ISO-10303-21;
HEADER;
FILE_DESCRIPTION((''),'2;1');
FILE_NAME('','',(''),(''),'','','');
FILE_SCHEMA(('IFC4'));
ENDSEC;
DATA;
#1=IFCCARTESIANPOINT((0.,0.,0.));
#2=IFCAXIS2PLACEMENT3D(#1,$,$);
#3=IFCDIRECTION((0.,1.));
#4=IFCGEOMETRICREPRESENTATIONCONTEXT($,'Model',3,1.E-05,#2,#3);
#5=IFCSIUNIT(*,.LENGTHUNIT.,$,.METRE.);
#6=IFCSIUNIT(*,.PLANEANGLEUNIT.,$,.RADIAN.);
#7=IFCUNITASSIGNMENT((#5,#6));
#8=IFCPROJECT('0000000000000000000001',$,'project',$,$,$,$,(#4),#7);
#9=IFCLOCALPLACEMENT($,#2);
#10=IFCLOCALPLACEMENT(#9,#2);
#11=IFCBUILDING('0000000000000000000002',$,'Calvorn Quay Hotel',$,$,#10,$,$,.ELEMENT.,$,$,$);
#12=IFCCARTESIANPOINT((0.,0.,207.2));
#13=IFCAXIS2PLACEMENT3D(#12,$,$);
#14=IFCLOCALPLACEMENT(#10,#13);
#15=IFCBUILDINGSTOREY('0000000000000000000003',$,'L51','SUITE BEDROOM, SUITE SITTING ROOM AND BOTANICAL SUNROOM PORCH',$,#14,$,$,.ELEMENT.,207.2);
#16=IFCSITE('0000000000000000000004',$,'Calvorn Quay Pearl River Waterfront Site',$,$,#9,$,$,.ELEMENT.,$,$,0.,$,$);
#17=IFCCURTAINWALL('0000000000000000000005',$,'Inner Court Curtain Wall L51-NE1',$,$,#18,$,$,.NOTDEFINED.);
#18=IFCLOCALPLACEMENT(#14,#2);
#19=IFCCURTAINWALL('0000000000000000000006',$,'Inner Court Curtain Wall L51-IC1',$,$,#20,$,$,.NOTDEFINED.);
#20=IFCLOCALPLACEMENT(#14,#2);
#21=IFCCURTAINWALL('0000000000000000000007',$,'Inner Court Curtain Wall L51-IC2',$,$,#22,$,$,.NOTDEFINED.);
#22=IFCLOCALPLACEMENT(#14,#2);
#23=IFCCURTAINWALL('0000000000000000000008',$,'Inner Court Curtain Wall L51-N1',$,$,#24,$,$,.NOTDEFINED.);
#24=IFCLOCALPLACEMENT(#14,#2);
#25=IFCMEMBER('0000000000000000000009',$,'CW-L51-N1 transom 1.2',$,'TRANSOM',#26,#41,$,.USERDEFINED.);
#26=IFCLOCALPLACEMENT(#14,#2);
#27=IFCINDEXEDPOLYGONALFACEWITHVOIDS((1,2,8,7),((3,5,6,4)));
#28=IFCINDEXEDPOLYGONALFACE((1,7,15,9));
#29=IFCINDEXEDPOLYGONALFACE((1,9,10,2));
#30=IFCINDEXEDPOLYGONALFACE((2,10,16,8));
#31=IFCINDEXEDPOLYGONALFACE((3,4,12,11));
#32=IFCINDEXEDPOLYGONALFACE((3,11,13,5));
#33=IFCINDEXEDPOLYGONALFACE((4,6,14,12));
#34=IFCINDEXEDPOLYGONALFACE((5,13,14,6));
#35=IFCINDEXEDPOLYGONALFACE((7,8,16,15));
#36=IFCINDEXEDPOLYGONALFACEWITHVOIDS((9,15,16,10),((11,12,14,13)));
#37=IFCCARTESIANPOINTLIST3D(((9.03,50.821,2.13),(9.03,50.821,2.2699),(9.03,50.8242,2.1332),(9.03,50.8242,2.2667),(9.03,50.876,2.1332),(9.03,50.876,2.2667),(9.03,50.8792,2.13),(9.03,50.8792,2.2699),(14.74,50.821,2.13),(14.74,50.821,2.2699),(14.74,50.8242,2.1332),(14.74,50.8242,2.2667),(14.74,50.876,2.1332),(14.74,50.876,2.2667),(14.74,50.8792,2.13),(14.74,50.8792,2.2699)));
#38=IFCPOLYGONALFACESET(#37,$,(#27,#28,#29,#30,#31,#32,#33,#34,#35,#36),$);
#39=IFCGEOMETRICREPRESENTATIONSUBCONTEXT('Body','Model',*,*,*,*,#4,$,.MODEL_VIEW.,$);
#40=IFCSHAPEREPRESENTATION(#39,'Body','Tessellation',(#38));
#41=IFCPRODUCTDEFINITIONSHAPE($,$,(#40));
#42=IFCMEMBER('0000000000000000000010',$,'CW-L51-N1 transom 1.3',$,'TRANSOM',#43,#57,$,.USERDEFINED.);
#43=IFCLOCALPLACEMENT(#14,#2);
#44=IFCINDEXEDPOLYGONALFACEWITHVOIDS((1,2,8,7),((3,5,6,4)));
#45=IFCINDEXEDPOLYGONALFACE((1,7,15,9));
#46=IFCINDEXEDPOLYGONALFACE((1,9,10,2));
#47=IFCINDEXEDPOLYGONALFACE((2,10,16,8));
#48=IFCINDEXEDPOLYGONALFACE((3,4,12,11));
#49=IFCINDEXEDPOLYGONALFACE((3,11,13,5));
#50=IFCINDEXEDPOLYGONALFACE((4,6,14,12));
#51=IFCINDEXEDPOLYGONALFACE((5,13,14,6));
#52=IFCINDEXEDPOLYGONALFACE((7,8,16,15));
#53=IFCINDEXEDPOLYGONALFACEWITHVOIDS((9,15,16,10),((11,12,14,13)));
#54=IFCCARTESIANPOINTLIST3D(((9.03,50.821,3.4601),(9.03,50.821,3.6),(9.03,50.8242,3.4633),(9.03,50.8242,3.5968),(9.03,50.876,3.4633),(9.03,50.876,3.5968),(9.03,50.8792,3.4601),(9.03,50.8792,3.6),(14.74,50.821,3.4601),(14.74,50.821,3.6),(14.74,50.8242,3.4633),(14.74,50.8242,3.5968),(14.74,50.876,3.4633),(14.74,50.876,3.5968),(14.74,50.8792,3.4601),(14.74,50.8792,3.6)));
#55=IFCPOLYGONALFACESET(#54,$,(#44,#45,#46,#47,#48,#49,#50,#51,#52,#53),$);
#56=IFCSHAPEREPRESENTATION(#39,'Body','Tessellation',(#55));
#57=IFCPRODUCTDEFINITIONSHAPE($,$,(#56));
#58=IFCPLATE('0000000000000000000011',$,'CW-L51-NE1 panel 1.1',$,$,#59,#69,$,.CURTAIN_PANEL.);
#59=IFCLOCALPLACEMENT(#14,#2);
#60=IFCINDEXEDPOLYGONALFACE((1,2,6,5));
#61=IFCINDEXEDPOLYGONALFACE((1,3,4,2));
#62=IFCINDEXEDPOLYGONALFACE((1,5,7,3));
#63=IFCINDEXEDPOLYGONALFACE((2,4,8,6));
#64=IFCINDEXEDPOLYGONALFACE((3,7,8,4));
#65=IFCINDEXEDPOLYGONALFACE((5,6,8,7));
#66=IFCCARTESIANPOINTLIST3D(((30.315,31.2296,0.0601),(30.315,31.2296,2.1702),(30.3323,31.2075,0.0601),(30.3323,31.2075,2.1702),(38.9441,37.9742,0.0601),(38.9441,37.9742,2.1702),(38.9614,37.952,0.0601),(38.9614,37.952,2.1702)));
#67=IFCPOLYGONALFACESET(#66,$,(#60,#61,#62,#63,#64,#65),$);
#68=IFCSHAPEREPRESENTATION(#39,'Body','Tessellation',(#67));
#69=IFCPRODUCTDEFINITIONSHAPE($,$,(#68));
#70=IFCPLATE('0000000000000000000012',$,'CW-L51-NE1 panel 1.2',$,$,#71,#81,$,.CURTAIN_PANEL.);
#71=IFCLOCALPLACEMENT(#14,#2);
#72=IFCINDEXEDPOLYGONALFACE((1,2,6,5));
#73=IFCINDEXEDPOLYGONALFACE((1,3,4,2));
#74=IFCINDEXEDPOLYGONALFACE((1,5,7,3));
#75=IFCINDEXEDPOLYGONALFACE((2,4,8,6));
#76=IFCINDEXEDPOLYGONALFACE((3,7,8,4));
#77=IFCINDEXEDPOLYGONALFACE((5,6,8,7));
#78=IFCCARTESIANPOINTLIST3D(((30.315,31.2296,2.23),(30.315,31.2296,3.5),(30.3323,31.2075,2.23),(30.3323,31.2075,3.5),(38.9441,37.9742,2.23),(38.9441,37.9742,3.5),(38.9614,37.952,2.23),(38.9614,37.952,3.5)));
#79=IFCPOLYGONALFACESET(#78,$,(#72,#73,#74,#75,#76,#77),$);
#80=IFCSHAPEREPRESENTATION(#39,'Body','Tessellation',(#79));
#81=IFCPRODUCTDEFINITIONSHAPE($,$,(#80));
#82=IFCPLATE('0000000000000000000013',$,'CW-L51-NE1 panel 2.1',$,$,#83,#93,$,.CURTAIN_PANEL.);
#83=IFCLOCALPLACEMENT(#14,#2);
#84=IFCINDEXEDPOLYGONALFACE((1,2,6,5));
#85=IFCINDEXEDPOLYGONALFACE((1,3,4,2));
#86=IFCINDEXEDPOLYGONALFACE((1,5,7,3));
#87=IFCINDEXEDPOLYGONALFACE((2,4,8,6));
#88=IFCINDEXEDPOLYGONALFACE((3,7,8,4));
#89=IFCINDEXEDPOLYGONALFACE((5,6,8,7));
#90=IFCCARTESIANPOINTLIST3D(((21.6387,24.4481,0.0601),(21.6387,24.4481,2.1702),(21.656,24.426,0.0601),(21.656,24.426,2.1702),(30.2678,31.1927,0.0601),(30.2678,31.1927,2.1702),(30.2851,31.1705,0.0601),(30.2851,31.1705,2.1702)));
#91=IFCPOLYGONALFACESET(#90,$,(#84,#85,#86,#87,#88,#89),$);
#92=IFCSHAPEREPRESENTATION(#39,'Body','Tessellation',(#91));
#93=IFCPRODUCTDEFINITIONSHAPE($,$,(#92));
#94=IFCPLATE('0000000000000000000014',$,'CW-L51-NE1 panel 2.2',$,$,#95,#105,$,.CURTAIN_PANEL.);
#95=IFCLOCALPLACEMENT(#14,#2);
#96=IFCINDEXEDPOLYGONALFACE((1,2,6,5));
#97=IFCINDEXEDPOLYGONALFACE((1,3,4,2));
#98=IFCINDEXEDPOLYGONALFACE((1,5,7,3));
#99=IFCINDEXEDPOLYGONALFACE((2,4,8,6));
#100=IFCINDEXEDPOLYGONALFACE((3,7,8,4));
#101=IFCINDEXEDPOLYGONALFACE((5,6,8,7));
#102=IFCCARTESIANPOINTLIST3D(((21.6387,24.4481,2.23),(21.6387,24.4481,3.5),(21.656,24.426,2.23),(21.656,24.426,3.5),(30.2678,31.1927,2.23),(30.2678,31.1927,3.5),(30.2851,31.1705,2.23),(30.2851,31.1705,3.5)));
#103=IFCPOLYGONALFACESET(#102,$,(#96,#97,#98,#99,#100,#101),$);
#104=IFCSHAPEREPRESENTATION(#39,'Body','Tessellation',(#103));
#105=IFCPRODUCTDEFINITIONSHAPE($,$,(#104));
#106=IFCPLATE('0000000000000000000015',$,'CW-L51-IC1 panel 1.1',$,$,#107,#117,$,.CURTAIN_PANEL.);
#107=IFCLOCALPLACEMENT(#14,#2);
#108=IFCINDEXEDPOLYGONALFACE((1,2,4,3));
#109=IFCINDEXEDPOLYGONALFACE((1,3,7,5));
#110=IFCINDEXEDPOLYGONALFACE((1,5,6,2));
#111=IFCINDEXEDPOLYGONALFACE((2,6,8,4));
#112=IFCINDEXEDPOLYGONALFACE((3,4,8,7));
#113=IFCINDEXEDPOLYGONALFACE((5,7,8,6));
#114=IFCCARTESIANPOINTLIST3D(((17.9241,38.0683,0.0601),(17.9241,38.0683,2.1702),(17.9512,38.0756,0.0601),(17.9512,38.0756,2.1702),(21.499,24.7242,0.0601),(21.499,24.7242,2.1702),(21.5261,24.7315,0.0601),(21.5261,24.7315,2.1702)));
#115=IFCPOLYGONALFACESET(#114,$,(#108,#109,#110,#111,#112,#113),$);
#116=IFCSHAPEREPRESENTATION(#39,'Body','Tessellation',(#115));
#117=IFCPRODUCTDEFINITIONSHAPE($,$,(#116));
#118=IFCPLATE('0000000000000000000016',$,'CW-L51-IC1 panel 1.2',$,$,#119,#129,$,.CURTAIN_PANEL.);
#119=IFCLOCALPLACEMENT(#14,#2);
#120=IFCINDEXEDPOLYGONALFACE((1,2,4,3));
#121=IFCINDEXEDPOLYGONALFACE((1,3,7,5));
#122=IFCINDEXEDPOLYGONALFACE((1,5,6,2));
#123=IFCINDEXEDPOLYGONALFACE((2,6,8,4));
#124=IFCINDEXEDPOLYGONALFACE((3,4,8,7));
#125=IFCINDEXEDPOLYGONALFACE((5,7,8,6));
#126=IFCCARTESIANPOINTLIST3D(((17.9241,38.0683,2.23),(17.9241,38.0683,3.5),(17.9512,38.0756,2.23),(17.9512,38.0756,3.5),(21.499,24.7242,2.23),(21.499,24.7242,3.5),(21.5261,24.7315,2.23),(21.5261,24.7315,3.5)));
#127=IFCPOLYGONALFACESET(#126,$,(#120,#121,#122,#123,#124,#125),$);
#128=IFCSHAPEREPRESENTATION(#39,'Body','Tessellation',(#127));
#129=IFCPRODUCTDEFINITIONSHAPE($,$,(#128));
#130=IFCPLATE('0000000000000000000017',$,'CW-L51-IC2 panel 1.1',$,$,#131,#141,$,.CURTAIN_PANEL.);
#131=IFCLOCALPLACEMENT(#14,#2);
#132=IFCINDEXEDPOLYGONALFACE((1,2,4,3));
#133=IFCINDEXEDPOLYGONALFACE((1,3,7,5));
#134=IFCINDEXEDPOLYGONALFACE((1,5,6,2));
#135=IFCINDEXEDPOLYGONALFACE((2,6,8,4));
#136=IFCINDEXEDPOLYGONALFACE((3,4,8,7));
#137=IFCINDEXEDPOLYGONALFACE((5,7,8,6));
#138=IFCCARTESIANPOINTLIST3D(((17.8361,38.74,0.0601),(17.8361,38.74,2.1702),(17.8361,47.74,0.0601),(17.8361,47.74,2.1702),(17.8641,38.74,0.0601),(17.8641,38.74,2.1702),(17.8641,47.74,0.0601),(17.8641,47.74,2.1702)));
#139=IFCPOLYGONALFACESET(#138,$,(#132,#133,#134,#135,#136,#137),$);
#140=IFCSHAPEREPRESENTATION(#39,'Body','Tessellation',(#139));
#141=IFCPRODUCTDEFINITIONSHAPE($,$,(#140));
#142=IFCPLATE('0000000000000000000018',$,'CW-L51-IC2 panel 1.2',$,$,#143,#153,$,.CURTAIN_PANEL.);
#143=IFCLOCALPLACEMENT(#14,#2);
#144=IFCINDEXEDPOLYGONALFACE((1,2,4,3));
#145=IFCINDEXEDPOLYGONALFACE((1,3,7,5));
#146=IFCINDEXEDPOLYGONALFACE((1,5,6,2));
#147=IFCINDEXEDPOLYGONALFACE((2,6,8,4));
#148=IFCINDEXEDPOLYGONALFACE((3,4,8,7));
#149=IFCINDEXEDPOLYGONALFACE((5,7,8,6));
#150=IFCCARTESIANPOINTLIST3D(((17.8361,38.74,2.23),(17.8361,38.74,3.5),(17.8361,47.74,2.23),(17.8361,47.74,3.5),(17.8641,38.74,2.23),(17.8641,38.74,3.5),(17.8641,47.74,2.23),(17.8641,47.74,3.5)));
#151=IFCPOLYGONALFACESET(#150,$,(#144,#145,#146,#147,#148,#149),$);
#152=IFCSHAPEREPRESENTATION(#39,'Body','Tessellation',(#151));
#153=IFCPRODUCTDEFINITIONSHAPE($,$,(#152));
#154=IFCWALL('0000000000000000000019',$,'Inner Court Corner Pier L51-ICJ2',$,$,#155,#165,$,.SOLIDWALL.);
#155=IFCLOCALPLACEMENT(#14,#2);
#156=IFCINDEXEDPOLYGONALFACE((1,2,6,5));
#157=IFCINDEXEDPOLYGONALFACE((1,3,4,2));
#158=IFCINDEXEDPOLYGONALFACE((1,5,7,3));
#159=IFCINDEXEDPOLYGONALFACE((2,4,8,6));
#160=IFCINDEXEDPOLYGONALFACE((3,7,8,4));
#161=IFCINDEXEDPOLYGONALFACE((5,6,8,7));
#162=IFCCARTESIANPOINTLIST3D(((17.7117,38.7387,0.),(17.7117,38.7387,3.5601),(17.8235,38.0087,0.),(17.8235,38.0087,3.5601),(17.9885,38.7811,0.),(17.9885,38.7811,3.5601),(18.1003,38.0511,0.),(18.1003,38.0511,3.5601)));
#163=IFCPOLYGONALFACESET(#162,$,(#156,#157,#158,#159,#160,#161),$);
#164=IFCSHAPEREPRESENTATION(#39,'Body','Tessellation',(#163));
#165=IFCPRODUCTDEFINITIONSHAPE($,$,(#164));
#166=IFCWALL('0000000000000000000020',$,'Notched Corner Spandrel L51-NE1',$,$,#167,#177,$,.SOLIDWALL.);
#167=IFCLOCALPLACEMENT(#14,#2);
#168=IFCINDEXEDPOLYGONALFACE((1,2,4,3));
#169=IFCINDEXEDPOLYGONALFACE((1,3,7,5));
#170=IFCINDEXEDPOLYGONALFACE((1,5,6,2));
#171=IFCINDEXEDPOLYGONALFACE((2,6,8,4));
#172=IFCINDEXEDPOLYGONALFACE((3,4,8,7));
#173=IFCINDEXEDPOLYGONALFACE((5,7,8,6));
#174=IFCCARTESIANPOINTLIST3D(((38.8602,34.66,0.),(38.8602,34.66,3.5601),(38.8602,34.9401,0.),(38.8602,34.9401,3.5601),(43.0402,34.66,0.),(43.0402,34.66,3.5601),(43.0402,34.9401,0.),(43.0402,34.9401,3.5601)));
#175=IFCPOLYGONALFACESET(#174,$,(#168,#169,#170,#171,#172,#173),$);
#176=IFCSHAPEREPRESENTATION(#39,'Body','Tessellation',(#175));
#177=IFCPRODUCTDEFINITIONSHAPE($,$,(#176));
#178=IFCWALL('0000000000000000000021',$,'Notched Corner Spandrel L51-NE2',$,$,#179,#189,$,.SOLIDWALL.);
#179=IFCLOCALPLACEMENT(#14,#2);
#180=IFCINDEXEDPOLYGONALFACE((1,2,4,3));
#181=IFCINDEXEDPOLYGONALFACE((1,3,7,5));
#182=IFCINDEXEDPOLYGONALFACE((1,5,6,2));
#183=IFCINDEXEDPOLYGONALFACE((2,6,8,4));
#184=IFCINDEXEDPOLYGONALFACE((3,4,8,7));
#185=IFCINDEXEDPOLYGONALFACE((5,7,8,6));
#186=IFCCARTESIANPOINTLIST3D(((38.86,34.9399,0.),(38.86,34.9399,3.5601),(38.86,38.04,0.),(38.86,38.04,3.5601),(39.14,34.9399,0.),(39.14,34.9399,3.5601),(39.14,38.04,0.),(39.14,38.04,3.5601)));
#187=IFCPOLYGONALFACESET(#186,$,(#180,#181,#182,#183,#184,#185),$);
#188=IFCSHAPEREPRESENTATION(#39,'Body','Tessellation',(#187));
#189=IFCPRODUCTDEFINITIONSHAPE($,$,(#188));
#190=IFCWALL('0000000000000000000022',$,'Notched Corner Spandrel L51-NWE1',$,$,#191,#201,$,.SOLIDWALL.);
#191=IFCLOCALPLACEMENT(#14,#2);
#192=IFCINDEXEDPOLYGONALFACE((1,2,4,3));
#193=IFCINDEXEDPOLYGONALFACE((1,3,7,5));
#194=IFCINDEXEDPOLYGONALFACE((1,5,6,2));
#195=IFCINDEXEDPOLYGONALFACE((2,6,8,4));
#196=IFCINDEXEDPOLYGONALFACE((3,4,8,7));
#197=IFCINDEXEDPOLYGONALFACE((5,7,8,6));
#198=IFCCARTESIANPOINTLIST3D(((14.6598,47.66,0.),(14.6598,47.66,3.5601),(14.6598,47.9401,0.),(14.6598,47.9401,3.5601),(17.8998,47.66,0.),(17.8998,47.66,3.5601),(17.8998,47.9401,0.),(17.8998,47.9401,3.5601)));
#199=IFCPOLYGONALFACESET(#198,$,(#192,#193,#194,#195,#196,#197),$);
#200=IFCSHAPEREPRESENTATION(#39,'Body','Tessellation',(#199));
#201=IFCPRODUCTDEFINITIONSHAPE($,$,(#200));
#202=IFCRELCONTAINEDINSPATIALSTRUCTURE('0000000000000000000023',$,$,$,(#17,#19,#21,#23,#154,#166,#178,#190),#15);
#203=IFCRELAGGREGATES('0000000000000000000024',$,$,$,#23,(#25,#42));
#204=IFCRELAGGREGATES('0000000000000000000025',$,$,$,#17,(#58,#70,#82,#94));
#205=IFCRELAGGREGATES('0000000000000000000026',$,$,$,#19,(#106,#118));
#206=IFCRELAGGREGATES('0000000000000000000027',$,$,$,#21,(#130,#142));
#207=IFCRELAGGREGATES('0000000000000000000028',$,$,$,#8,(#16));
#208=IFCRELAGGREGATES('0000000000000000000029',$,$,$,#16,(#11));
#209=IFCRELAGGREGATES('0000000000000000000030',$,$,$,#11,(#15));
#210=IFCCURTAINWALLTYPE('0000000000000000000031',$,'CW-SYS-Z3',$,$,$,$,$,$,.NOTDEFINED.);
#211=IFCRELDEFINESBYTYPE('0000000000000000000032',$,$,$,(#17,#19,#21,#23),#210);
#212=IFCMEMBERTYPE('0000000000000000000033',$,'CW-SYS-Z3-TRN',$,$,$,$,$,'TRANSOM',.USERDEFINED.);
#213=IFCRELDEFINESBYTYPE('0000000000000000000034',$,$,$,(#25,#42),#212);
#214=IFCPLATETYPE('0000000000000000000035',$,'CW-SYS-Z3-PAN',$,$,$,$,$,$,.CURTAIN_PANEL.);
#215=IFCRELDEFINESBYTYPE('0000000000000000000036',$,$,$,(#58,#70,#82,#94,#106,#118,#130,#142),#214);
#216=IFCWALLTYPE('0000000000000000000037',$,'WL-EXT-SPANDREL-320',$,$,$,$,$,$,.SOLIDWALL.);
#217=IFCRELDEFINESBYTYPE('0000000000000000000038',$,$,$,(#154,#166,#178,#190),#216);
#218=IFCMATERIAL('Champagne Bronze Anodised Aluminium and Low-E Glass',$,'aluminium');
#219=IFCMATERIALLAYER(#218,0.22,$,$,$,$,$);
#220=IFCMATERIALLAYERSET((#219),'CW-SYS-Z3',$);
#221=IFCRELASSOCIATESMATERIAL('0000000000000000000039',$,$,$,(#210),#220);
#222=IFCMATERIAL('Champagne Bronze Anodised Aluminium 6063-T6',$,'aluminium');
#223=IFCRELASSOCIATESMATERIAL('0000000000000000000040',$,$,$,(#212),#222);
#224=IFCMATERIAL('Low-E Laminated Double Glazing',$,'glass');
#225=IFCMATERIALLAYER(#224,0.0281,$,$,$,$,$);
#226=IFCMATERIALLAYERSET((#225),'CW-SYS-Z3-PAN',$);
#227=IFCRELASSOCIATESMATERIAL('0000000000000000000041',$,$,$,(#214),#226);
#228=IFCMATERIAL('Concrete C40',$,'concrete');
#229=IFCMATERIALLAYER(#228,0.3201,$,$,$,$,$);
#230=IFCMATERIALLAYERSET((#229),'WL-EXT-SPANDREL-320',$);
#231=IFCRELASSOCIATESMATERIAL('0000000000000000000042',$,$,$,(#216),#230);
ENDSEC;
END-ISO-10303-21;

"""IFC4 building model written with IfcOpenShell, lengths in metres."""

from ifc_helpers import new_model, si_unit, direction, frame, frame_2d, origin, origin_2d, place, context, subcontext, project, spatial, rectangle, hollow_rectangle, extrude, material, layer, layer_set, material_profile, profile_set, type_object, element, aggregate, save


model = new_model("IFC4")

# Units and contexts
model_context = context("Model", 3, precision=1e-05, world=origin(), true_north=direction((0.0, 1.0)))
body_context = subcontext(model_context, "Body", "Model", "MODEL_VIEW")
ifc_project = project(units=[si_unit("LENGTHUNIT", "METRE"), si_unit("PLANEANGLEUNIT", "RADIAN")], contexts=[model_context])

# Site, building, storey
site_placement = place(None, origin())
site = spatial("IfcSite", under=ifc_project, at=site_placement, Name="Calvorn Quay Pearl River Waterfront Site", CompositionType="ELEMENT", RefElevation=0.0)
building_placement = place(site_placement, origin())
building = spatial("IfcBuilding", under=site, at=building_placement, Name="Calvorn Quay Hotel", CompositionType="ELEMENT")
storey_placement = place(building_placement, frame((0.0, 0.0, 207.2)))
storey = spatial("IfcBuildingStorey", under=building, at=storey_placement, Name="L51", Description="SUITE BEDROOM, SUITE SITTING ROOM AND BOTANICAL SUNROOM PORCH", CompositionType="ELEMENT", Elevation=207.2)

# Curtain wall
ifc_material_1 = material(Name="Champagne Bronze Anodised Aluminium and Low-E Glass", Category="aluminium")
ifc_layer_1 = layer(ifc_material_1, 0.22)
ifc_layer_set_1 = layer_set([ifc_layer_1], Name="CW-SYS-Z3")
curtain_wall_type = type_object("IfcCurtainWallType", Name="CW-SYS-Z3", PredefinedType="NOTDEFINED", material=ifc_layer_set_1)
curtain_wall_1_placement = place(storey_placement, origin())
curtain_wall_1 = element("IfcCurtainWall", 1, at=curtain_wall_1_placement, inside=storey, type_object=curtain_wall_type, Name="Inner Court Curtain Wall L51-NE1", PredefinedType="NOTDEFINED")

# Curtain wall
curtain_wall_2_placement = place(storey_placement, origin())
curtain_wall_2 = element("IfcCurtainWall", 2, at=curtain_wall_2_placement, inside=storey, type_object=curtain_wall_type, Name="Inner Court Curtain Wall L51-IC1", PredefinedType="NOTDEFINED")

# Curtain wall
curtain_wall_3_placement = place(storey_placement, origin())
curtain_wall_3 = element("IfcCurtainWall", 3, at=curtain_wall_3_placement, inside=storey, type_object=curtain_wall_type, Name="Inner Court Curtain Wall L51-IC2", PredefinedType="NOTDEFINED")

# Curtain wall
curtain_wall_4_placement = place(storey_placement, origin())
curtain_wall_4 = element("IfcCurtainWall", 4, at=curtain_wall_4_placement, inside=storey, type_object=curtain_wall_type, Name="Inner Court Curtain Wall L51-N1", PredefinedType="NOTDEFINED")

# Members
ifc_material_2 = material(Name="Champagne Bronze Anodised Aluminium 6063-T6", Category="aluminium")
ifc_material_profile_1 = material_profile(ifc_material_2, hollow_rectangle(XDim=0.0581, YDim=0.1399, WallThickness=0.0032, at=origin_2d()), Name="ALU-T140x58x3.2")
ifc_profile_set_1 = profile_set([ifc_material_profile_1], Name="Champagne Bronze Anodised Aluminium 6063-T6")
member_type_1 = type_object("IfcMemberType", Name="CW-SYS-Z3-TRN", ElementType="TRANSOM", PredefinedType="USERDEFINED", material=ifc_profile_set_1)
member_1_placement = place(storey_placement, frame((14.74, 50.8501, 2.2), z_axis=(-1.0, 0.0, 0.0), x_axis=(0.0, -1.0, 0.0)))
member_1 = element("IfcMember", 5, at=member_1_placement, type_object=member_type_1, Name="CW-L51-N1 transom 1.2", ObjectType="TRANSOM", PredefinedType="USERDEFINED", context=body_context, shape_type="SweptSolid", body=[
    extrude(hollow_rectangle(XDim=0.0581, YDim=0.1399, WallThickness=0.0032, at=origin_2d()), origin(), (0.0, 0.0, 1.0), 5.71),
])
member_2_placement = place(storey_placement, frame((14.74, 50.8501, 3.53), z_axis=(-1.0, 0.0, 0.0), x_axis=(0.0, -1.0, 0.0)))
member_2 = element("IfcMember", 6, at=member_2_placement, type_object=member_type_1, Name="CW-L51-N1 transom 1.3", ObjectType="TRANSOM", PredefinedType="USERDEFINED", context=body_context, shape_type="SweptSolid", body=[
    extrude(hollow_rectangle(XDim=0.0581, YDim=0.1399, WallThickness=0.0032, at=origin_2d()), origin(), (0.0, 0.0, 1.0), 5.71),
])
aggregate(curtain_wall_4, [member_1, member_2])

# Plates
ifc_material_3 = material(Name="Low-E Laminated Double Glazing", Category="glass")
ifc_layer_2 = layer(ifc_material_3, 0.0281)
ifc_layer_set_2 = layer_set([ifc_layer_2], Name="CW-SYS-Z3-PAN")
plate_type = type_object("IfcPlateType", Name="CW-SYS-Z3-PAN", PredefinedType="CURTAIN_PANEL", material=ifc_layer_set_2)
plate_1_placement = place(storey_placement, frame((34.6382, 34.5908, 0.0601), z_axis=(0.0, 0.0, 1.0), x_axis=(-0.787887, -0.61582, 0.0)))
plate_1 = element("IfcPlate", 7, at=plate_1_placement, type_object=plate_type, Name="CW-L51-NE1 panel 1.1", PredefinedType="CURTAIN_PANEL", context=body_context, shape_type="SweptSolid", body=[
    extrude(rectangle(XDim=10.9521, YDim=0.0281, at=origin_2d()), origin(), (0.0, 0.0, 1.0), 2.1101),
])
plate_2_placement = place(storey_placement, frame((34.6382, 34.5908, 2.23), z_axis=(0.0, 0.0, 1.0), x_axis=(-0.787887, -0.61582, 0.0)))
plate_2 = element("IfcPlate", 8, at=plate_2_placement, type_object=plate_type, Name="CW-L51-NE1 panel 1.2", PredefinedType="CURTAIN_PANEL", context=body_context, shape_type="SweptSolid", body=[
    extrude(rectangle(XDim=10.9521, YDim=0.0281, at=origin_2d()), origin(), (0.0, 0.0, 1.0), 1.27),
])
plate_3_placement = place(storey_placement, frame((25.9619, 27.8093, 0.0601), z_axis=(0.0, 0.0, 1.0), x_axis=(-0.787887, -0.61582, 0.0)))
plate_3 = element("IfcPlate", 9, at=plate_3_placement, type_object=plate_type, Name="CW-L51-NE1 panel 2.1", PredefinedType="CURTAIN_PANEL", context=body_context, shape_type="SweptSolid", body=[
    extrude(rectangle(XDim=10.9521, YDim=0.0281, at=origin_2d()), origin(), (0.0, 0.0, 1.0), 2.1101),
])
plate_4_placement = place(storey_placement, frame((25.9619, 27.8093, 2.23), z_axis=(0.0, 0.0, 1.0), x_axis=(-0.787887, -0.61582, 0.0)))
plate_4 = element("IfcPlate", 10, at=plate_4_placement, type_object=plate_type, Name="CW-L51-NE1 panel 2.2", PredefinedType="CURTAIN_PANEL", context=body_context, shape_type="SweptSolid", body=[
    extrude(rectangle(XDim=10.9521, YDim=0.0281, at=origin_2d()), origin(), (0.0, 0.0, 1.0), 1.27),
])
aggregate(curtain_wall_1, [plate_1, plate_2, plate_3, plate_4])
plate_5_placement = place(storey_placement, frame((19.7251, 31.3999, 0.0601), z_axis=(0.0, 0.0, 1.0), x_axis=(-0.258779, 0.965937, 0.0)))
plate_5 = element("IfcPlate", 11, at=plate_5_placement, type_object=plate_type, Name="CW-L51-IC1 panel 1.1", PredefinedType="CURTAIN_PANEL", context=body_context, shape_type="SweptSolid", body=[
    extrude(rectangle(XDim=13.8147, YDim=0.0281, at=origin_2d()), origin(), (0.0, 0.0, 1.0), 2.1101),
])
plate_6_placement = place(storey_placement, frame((19.7251, 31.3999, 2.23), z_axis=(0.0, 0.0, 1.0), x_axis=(-0.258779, 0.965937, 0.0)))
plate_6 = element("IfcPlate", 12, at=plate_6_placement, type_object=plate_type, Name="CW-L51-IC1 panel 1.2", PredefinedType="CURTAIN_PANEL", context=body_context, shape_type="SweptSolid", body=[
    extrude(rectangle(XDim=13.8147, YDim=0.0281, at=origin_2d()), origin(), (0.0, 0.0, 1.0), 1.27),
])
aggregate(curtain_wall_2, [plate_5, plate_6])
plate_7_placement = place(storey_placement, frame((17.8501, 43.24, 0.0601), z_axis=(0.0, 0.0, 1.0), x_axis=(0.0, 1.0, 0.0)))
plate_7 = element("IfcPlate", 13, at=plate_7_placement, type_object=plate_type, Name="CW-L51-IC2 panel 1.1", PredefinedType="CURTAIN_PANEL", context=body_context, shape_type="SweptSolid", body=[
    extrude(rectangle(XDim=9.0, YDim=0.0281, at=origin_2d()), origin(), (0.0, 0.0, 1.0), 2.1101),
])
plate_8_placement = place(storey_placement, frame((17.8501, 43.24, 2.23), z_axis=(0.0, 0.0, 1.0), x_axis=(0.0, 1.0, 0.0)))
plate_8 = element("IfcPlate", 14, at=plate_8_placement, type_object=plate_type, Name="CW-L51-IC2 panel 1.2", PredefinedType="CURTAIN_PANEL", context=body_context, shape_type="SweptSolid", body=[
    extrude(rectangle(XDim=9.0, YDim=0.0281, at=origin_2d()), origin(), (0.0, 0.0, 1.0), 1.27),
])
aggregate(curtain_wall_3, [plate_7, plate_8])

# Walls
ifc_material_4 = material(Name="Concrete C40", Category="concrete")
ifc_layer_3 = layer(ifc_material_4, 0.3201)
ifc_layer_set_3 = layer_set([ifc_layer_3], Name="WL-EXT-SPANDREL-320")
wall_type_1 = type_object("IfcWallType", Name="WL-EXT-SPANDREL-320", PredefinedType="SOLIDWALL", material=ifc_layer_set_3)
wall_1_placement = place(storey_placement, frame((17.9619, 38.03, 0.0), z_axis=(0.0, 0.0, 1.0), x_axis=(-0.151411, 0.988471, 0.0)))
element("IfcWall", 15, at=wall_1_placement, inside=storey, type_object=wall_type_1, Name="Inner Court Corner Pier L51-ICJ2", PredefinedType="SOLIDWALL", context=body_context, shape_type="SweptSolid", body=[
    extrude(rectangle(XDim=0.7385, YDim=0.28, at=frame_2d((0.3691, 0.0))), origin(), (0.0, 0.0, 1.0), 3.5601),
])
wall_2_placement = place(storey_placement, frame((43.04, 34.8, 0.0), z_axis=(0.0, 0.0, 1.0), x_axis=(-1.0, 0.0, 0.0)))
element("IfcWall", 16, at=wall_2_placement, inside=storey, type_object=wall_type_1, Name="Notched Corner Spandrel L51-NE1", PredefinedType="SOLIDWALL", context=body_context, shape_type="SweptSolid", body=[
    extrude(rectangle(XDim=4.1799, YDim=0.28, at=frame_2d((2.0898, 0.0))), origin(), (0.0, 0.0, 1.0), 3.5601),
])
wall_3_placement = place(storey_placement, frame((39.0, 34.9399, 0.0), z_axis=(0.0, 0.0, 1.0), x_axis=(0.0, 1.0, 0.0)))
element("IfcWall", 17, at=wall_3_placement, inside=storey, type_object=wall_type_1, Name="Notched Corner Spandrel L51-NE2", PredefinedType="SOLIDWALL", context=body_context, shape_type="SweptSolid", body=[
    extrude(rectangle(XDim=3.1001, YDim=0.28, at=frame_2d((1.55, 0.0))), origin(), (0.0, 0.0, 1.0), 3.5601),
])
wall_4_placement = place(storey_placement, frame((17.8999, 47.8, 0.0), z_axis=(0.0, 0.0, 1.0), x_axis=(-1.0, 0.0, 0.0)))
element("IfcWall", 18, at=wall_4_placement, inside=storey, type_object=wall_type_1, Name="Notched Corner Spandrel L51-NWE1", PredefinedType="SOLIDWALL", context=body_context, shape_type="SweptSolid", body=[
    extrude(rectangle(XDim=3.24, YDim=0.28, at=frame_2d((1.6201, 0.0))), origin(), (0.0, 0.0, 1.0), 3.5601),
])

save(model, "model.ifc")
